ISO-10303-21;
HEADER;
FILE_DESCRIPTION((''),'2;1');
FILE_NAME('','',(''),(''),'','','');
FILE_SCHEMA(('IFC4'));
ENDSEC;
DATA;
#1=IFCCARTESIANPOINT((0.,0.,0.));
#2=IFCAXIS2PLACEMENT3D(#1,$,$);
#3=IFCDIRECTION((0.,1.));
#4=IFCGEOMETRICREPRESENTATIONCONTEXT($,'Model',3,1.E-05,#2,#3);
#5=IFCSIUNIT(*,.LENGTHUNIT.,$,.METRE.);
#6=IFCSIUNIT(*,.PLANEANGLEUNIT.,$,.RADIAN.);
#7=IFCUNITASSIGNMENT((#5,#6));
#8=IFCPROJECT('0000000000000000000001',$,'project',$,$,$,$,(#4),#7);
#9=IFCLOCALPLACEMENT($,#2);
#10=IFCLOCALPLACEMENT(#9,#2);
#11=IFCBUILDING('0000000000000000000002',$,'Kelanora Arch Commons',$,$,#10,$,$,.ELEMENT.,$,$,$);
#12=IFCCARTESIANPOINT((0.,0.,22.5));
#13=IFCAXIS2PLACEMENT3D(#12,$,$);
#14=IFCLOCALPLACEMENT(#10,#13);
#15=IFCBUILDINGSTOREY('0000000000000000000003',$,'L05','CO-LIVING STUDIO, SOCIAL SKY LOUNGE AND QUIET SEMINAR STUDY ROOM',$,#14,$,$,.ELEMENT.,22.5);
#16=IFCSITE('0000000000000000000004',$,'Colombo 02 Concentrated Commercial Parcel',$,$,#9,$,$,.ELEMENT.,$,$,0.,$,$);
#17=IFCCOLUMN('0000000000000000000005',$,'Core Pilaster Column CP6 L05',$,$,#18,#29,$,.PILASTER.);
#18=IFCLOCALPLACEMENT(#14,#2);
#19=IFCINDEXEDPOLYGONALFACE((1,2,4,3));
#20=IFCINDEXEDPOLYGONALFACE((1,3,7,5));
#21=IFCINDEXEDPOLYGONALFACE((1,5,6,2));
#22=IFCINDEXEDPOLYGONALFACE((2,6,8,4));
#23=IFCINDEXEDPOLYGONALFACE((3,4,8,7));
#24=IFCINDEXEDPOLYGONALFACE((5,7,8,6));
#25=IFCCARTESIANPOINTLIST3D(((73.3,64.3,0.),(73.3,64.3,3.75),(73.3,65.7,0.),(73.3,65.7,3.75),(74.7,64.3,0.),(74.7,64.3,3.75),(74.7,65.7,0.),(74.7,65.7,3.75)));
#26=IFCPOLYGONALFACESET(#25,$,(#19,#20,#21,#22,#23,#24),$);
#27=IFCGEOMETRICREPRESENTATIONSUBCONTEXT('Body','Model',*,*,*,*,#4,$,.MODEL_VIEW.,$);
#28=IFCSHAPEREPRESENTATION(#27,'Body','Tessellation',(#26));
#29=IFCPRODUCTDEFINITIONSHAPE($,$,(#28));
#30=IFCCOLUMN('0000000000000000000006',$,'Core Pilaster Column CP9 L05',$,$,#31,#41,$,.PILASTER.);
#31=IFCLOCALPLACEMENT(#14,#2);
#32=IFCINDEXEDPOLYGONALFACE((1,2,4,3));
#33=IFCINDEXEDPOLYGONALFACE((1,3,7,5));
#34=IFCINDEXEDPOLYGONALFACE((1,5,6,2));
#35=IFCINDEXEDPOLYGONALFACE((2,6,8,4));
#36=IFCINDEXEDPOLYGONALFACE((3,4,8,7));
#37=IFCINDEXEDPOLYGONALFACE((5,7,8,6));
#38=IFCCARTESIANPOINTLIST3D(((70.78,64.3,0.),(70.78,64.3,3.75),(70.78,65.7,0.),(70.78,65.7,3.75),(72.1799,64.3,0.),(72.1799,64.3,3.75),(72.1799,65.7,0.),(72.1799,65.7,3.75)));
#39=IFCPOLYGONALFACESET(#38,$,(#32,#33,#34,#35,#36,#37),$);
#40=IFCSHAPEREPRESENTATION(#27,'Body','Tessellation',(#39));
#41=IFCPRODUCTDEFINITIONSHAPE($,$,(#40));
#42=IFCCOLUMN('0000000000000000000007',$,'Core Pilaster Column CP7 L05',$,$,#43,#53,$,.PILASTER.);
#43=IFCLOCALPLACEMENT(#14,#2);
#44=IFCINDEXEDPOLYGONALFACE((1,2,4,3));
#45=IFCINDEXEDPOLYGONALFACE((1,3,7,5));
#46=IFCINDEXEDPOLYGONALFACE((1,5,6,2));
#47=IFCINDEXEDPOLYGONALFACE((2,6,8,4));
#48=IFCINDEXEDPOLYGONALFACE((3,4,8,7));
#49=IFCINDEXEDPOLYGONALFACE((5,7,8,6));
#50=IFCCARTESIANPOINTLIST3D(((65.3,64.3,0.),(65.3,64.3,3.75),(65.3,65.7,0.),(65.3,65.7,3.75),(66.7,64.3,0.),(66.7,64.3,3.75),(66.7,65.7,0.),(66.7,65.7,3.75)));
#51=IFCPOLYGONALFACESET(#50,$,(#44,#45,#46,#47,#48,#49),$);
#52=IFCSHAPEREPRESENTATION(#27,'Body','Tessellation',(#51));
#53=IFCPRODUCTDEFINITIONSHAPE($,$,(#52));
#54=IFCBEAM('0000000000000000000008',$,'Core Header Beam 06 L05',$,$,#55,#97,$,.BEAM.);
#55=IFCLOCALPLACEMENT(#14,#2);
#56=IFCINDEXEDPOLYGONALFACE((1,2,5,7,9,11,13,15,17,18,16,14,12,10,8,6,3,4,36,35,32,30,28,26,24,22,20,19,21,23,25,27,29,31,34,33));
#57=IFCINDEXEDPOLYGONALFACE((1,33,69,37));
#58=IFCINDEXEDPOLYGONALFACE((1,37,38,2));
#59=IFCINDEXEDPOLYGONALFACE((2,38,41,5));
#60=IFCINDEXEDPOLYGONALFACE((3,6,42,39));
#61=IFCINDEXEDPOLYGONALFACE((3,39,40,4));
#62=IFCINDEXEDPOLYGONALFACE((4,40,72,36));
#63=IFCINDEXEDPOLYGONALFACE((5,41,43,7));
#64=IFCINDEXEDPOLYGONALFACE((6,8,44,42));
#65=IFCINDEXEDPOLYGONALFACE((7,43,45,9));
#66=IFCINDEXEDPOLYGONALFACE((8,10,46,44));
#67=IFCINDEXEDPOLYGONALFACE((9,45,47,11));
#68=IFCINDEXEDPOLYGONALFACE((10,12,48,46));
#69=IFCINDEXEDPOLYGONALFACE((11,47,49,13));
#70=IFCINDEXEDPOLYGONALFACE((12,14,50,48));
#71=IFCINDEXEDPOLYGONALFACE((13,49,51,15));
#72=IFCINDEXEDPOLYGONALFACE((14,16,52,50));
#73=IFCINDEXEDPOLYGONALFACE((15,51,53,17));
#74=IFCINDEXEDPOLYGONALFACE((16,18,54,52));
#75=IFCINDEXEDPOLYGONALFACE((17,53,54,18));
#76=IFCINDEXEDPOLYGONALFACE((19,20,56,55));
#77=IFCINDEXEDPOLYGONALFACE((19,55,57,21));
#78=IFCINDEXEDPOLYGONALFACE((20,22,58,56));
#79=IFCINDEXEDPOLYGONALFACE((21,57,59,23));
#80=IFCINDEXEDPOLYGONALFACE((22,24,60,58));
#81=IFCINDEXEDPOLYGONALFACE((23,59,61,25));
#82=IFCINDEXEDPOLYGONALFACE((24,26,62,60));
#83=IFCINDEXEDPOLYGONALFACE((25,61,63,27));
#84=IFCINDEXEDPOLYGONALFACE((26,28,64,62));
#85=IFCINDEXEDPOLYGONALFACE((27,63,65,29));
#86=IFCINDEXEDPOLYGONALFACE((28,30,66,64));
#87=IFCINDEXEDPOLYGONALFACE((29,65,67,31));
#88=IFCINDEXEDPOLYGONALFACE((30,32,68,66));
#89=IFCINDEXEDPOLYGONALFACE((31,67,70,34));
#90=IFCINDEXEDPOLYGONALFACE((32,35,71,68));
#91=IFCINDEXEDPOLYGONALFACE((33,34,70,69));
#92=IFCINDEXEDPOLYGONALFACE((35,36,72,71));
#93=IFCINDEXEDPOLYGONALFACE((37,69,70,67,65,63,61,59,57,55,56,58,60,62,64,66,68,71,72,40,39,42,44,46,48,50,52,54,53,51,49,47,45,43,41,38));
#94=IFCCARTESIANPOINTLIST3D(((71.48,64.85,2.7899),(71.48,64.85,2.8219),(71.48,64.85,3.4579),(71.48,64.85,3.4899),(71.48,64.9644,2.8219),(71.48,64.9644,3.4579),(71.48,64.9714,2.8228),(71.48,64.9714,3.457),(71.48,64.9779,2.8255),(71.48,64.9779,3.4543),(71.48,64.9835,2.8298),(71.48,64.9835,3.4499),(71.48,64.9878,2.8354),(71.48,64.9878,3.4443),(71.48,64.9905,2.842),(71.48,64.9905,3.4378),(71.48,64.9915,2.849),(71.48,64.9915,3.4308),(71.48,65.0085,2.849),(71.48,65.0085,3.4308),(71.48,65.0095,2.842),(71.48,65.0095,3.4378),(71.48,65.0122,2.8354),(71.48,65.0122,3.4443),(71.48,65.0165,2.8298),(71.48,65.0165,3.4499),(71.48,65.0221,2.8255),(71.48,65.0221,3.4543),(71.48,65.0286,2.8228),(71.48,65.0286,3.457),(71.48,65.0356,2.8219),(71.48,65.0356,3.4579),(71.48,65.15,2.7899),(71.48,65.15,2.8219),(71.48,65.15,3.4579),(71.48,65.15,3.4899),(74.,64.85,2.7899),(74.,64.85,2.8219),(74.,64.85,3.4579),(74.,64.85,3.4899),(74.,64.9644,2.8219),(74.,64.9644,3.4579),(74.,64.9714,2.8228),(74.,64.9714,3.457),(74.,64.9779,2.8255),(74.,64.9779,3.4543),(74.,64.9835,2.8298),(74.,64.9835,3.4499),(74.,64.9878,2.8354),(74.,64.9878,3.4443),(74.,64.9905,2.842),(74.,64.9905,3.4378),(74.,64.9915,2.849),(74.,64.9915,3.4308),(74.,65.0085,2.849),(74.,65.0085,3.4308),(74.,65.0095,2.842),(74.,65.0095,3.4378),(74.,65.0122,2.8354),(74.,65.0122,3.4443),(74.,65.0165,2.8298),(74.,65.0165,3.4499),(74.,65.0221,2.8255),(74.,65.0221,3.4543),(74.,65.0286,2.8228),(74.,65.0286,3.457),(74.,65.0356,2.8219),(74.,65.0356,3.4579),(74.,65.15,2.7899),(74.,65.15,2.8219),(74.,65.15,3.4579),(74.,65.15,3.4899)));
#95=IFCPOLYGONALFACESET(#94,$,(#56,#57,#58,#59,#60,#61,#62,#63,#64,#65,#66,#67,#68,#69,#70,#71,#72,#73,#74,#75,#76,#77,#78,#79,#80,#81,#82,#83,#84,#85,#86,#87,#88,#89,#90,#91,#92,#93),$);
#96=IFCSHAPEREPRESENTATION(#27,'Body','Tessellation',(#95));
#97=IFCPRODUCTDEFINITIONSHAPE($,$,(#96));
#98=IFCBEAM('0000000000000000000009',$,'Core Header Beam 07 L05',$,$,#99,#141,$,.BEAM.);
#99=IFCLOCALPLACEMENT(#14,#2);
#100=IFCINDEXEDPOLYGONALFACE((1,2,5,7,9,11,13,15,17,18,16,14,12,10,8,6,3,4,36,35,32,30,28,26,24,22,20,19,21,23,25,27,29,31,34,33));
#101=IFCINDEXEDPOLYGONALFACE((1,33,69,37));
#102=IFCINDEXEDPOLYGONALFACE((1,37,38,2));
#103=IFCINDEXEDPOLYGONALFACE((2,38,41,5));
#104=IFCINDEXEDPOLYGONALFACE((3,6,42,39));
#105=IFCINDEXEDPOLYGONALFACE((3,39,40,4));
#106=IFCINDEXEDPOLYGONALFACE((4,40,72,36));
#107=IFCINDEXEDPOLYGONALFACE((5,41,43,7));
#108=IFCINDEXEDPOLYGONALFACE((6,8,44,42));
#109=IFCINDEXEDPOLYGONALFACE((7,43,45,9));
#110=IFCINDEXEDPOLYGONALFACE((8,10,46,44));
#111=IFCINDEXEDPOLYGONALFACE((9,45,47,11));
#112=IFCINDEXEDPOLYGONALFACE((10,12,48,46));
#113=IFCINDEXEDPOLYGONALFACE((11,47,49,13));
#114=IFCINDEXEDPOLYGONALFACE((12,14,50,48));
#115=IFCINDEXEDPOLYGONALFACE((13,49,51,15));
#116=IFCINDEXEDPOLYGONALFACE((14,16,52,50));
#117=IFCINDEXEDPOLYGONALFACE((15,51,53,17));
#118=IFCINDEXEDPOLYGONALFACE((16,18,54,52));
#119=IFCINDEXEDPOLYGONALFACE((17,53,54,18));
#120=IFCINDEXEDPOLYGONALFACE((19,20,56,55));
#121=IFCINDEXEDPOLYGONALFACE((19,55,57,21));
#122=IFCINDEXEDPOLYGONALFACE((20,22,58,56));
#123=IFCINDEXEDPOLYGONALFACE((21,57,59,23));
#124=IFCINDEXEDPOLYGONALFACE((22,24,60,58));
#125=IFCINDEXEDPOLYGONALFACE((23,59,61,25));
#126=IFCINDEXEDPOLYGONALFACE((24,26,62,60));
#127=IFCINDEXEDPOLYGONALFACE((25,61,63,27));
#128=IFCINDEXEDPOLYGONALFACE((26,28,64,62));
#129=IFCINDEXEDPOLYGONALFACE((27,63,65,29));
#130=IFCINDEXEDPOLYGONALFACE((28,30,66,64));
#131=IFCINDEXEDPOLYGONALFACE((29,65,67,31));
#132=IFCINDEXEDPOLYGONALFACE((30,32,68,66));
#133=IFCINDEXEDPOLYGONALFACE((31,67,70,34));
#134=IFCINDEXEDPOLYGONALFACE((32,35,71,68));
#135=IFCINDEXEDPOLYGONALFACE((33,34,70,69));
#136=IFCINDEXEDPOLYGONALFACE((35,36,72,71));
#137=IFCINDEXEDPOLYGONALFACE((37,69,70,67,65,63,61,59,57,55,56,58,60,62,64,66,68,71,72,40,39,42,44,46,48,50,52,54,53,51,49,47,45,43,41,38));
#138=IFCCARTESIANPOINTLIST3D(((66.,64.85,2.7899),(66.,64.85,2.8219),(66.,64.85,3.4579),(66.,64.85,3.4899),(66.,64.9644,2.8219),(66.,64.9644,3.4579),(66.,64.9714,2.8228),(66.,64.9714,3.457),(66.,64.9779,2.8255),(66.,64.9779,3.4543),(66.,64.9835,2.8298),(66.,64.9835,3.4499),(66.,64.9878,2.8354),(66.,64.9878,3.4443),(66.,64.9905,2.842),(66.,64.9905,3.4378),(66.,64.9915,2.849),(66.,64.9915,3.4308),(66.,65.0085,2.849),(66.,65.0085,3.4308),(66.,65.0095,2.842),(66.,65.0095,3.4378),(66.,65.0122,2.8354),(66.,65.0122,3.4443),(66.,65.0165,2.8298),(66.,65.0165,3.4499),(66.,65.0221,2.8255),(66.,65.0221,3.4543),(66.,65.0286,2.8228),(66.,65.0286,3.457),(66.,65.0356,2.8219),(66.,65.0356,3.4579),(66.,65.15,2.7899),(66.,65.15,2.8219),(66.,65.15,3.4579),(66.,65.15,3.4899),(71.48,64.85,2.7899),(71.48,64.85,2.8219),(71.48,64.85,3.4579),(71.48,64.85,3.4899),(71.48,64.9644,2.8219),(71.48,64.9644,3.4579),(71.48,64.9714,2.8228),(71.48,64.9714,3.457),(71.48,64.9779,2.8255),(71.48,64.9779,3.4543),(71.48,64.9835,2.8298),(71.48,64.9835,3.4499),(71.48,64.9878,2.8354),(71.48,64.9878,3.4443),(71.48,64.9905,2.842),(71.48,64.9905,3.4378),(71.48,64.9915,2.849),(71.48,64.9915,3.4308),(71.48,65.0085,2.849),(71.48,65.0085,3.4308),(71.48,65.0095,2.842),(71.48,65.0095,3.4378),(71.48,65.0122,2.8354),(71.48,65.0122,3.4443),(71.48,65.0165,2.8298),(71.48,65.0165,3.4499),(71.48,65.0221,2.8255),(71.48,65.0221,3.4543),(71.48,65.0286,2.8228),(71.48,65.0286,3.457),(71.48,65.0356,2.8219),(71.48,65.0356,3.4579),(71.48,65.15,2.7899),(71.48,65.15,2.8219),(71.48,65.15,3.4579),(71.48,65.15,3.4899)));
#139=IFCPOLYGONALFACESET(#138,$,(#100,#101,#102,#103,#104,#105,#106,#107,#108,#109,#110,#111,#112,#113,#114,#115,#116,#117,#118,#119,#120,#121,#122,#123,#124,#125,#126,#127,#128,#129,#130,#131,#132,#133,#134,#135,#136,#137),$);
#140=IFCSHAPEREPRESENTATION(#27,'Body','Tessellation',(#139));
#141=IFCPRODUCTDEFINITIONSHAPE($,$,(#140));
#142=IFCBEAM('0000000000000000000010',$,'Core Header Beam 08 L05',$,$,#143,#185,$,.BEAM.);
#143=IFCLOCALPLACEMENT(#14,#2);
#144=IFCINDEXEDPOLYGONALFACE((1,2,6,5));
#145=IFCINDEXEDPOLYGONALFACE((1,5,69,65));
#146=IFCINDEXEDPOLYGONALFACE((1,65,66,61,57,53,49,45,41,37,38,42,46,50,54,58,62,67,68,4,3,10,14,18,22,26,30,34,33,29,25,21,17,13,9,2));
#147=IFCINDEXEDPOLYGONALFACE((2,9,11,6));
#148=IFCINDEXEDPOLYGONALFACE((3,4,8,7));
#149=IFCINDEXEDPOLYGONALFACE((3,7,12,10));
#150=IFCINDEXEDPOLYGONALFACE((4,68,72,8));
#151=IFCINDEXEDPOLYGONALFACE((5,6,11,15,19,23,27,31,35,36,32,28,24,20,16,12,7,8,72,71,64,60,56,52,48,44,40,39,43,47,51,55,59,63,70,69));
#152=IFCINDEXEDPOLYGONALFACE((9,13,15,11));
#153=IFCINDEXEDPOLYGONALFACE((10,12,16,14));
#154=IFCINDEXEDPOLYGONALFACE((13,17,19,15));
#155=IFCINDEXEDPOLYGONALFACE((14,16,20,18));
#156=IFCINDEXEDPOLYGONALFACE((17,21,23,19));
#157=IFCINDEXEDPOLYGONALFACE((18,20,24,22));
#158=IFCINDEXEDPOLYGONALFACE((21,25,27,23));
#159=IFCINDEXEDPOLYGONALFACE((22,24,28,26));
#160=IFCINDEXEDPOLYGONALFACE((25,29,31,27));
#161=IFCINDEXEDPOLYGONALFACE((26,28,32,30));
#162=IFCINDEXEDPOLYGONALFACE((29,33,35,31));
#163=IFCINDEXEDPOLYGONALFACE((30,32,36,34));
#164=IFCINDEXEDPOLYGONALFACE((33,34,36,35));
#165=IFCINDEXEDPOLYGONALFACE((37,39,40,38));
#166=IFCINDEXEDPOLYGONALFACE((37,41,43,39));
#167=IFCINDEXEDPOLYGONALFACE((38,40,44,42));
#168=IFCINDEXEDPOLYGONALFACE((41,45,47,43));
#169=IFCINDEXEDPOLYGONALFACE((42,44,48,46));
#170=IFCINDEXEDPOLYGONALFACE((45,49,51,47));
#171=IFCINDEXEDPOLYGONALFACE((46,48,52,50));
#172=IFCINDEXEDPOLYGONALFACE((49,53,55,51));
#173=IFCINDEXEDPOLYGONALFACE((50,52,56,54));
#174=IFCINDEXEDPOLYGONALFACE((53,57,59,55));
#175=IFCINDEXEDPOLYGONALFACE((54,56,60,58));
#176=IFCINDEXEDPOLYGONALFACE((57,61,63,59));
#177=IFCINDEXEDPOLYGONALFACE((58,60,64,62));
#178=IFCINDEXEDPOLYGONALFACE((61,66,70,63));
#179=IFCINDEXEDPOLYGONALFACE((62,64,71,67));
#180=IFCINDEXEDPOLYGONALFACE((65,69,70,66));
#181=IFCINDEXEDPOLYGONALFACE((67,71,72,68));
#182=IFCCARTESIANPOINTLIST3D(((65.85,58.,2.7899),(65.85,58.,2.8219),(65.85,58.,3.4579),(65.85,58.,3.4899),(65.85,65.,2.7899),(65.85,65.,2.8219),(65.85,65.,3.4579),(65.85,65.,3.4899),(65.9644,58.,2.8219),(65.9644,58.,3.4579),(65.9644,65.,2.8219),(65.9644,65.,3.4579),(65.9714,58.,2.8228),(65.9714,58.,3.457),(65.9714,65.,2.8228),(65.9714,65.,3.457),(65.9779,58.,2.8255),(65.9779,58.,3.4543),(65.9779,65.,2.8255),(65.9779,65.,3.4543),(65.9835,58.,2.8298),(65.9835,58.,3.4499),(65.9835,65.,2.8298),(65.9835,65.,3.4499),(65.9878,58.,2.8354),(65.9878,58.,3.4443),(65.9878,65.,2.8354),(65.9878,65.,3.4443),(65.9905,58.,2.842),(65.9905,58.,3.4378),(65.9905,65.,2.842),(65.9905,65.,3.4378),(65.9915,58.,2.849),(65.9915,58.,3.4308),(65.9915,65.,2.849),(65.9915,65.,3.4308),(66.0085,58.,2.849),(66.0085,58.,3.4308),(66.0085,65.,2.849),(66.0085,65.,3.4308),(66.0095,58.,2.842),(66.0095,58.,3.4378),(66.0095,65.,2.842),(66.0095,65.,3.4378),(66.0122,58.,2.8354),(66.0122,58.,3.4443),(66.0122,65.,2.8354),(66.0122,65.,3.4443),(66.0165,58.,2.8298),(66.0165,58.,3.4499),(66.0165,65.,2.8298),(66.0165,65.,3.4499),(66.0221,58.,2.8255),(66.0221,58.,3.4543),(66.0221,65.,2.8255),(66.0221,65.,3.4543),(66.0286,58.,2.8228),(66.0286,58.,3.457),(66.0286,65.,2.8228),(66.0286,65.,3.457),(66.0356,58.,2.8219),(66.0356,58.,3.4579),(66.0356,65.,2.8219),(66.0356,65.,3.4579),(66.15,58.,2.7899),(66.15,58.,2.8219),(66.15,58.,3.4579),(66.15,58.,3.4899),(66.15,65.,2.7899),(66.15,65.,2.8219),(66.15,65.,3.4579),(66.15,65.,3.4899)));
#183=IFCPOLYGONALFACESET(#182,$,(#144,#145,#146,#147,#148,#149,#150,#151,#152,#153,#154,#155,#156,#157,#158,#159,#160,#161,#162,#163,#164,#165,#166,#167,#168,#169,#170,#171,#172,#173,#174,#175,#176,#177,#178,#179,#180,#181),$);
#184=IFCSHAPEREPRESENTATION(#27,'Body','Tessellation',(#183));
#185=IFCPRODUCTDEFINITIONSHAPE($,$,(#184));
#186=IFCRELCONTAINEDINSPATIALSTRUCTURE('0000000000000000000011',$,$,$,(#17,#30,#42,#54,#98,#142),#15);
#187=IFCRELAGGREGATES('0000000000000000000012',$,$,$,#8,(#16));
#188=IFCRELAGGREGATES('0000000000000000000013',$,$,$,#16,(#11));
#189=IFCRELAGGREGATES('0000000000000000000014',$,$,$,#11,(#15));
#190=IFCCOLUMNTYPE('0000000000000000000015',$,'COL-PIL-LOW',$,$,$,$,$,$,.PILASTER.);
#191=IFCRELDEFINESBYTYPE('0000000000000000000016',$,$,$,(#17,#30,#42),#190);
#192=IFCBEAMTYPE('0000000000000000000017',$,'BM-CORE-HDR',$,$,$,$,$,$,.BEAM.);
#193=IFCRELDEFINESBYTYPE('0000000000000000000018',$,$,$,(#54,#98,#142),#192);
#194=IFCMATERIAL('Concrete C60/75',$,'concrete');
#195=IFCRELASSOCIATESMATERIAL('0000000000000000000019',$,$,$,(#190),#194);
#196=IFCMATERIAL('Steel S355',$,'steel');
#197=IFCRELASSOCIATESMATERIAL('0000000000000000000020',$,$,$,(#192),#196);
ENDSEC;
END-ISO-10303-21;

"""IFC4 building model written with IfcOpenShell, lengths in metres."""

from ifc_helpers import new_model, si_unit, direction, frame, origin, origin_2d, place, context, subcontext, project, spatial, rectangle, i_section, extrude, material, material_profile, profile_set, type_object, element, save


model = new_model("IFC4")

# Units and contexts
model_context = context("Model", 3, precision=1e-05, world=origin(), true_north=direction((0.0, 1.0)))
body_context = subcontext(model_context, "Body", "Model", "MODEL_VIEW")
ifc_project = project(units=[si_unit("LENGTHUNIT", "METRE"), si_unit("PLANEANGLEUNIT", "RADIAN")], contexts=[model_context])

# Site, building, storey
site_placement = place(None, origin())
site = spatial("IfcSite", under=ifc_project, at=site_placement, Name="Colombo 02 Concentrated Commercial Parcel", CompositionType="ELEMENT", RefElevation=0.0)
building_placement = place(site_placement, origin())
building = spatial("IfcBuilding", under=site, at=building_placement, Name="Kelanora Arch Commons", CompositionType="ELEMENT")
storey_placement = place(building_placement, frame((0.0, 0.0, 22.5)))
storey = spatial("IfcBuildingStorey", under=building, at=storey_placement, Name="L05", Description="CO-LIVING STUDIO, SOCIAL SKY LOUNGE AND QUIET SEMINAR STUDY ROOM", CompositionType="ELEMENT", Elevation=22.5)

# Columns
ifc_material_1 = material(Name="Concrete C60/75", Category="concrete")
ifc_material_profile_1 = material_profile(ifc_material_1, rectangle(XDim=1.3999, YDim=1.3999, at=origin_2d()), Name="RC1400x1400")
ifc_profile_set_1 = profile_set([ifc_material_profile_1], Name="Concrete C60/75")
column_type = type_object("IfcColumnType", Name="COL-PIL-LOW", PredefinedType="PILASTER", material=ifc_profile_set_1)
for number, where, z_axis, x_axis, name in (
    (1, (74.0, 65.0, 0.0), (0.0, 0.0, 1.0), (1.0, 0.0, 0.0), "Core Pilaster Column CP6 L05"),
    (2, (71.48, 65.0, 0.0), (0.0, 0.0, 1.0), (1.0, 0.0, 0.0), "Core Pilaster Column CP9 L05"),
    (3, (66.0, 65.0, 0.0), (0.0, 0.0, 1.0), (1.0, 0.0, 0.0), "Core Pilaster Column CP7 L05"),
):
    element("IfcColumn", number, at=place(storey_placement, frame(where, z_axis=z_axis, x_axis=x_axis)), inside=storey, type_object=column_type, Name=name, PredefinedType="PILASTER", context=body_context, shape_type="SweptSolid", body=[
        extrude(rectangle(XDim=1.3999, YDim=1.3999, at=origin_2d()), origin(), (0.0, 0.0, 1.0), 3.75),
    ])

# Beams
ifc_material_2 = material(Name="Steel S355", Category="steel")
ifc_material_profile_2 = material_profile(ifc_material_2, i_section(OverallWidth=0.3, OverallDepth=0.7, WebThickness=0.0171, FlangeThickness=0.032, FilletRadius=0.0271, at=origin_2d()), Name="HEB700")
ifc_profile_set_2 = profile_set([ifc_material_profile_2], Name="Steel S355")
beam_type_1 = type_object("IfcBeamType", Name="BM-CORE-HDR", PredefinedType="BEAM", material=ifc_profile_set_2)
beam_1_placement = place(storey_placement, frame((74.0, 65.0, 3.1399), z_axis=(-1.0, 0.0, 0.0), x_axis=(0.0, -1.0, 0.0)))
element("IfcBeam", 4, at=beam_1_placement, inside=storey, type_object=beam_type_1, Name="Core Header Beam 06 L05", PredefinedType="BEAM", context=body_context, shape_type="SweptSolid", body=[
    extrude(i_section(OverallWidth=0.3, OverallDepth=0.7, WebThickness=0.0171, FlangeThickness=0.032, FilletRadius=0.0271, at=origin_2d()), origin(), (0.0, 0.0, 1.0), 2.52),
])
beam_2_placement = place(storey_placement, frame((71.48, 65.0, 3.1399), z_axis=(-1.0, 0.0, 0.0), x_axis=(0.0, -1.0, 0.0)))
element("IfcBeam", 5, at=beam_2_placement, inside=storey, type_object=beam_type_1, Name="Core Header Beam 07 L05", PredefinedType="BEAM", context=body_context, shape_type="SweptSolid", body=[
    extrude(i_section(OverallWidth=0.3, OverallDepth=0.7, WebThickness=0.0171, FlangeThickness=0.032, FilletRadius=0.0271, at=origin_2d()), origin(), (0.0, 0.0, 1.0), 5.48),
])
beam_3_placement = place(storey_placement, frame((66.0, 65.0, 3.1399), z_axis=(0.0, -1.0, 0.0), x_axis=(1.0, 0.0, 0.0)))
element("IfcBeam", 6, at=beam_3_placement, inside=storey, type_object=beam_type_1, Name="Core Header Beam 08 L05", PredefinedType="BEAM", context=body_context, shape_type="SweptSolid", body=[
    extrude(i_section(OverallWidth=0.3, OverallDepth=0.7, WebThickness=0.0171, FlangeThickness=0.032, FilletRadius=0.0271, at=origin_2d()), origin(), (0.0, 0.0, 1.0), 7.0),
])

save(model, "model.ifc")
